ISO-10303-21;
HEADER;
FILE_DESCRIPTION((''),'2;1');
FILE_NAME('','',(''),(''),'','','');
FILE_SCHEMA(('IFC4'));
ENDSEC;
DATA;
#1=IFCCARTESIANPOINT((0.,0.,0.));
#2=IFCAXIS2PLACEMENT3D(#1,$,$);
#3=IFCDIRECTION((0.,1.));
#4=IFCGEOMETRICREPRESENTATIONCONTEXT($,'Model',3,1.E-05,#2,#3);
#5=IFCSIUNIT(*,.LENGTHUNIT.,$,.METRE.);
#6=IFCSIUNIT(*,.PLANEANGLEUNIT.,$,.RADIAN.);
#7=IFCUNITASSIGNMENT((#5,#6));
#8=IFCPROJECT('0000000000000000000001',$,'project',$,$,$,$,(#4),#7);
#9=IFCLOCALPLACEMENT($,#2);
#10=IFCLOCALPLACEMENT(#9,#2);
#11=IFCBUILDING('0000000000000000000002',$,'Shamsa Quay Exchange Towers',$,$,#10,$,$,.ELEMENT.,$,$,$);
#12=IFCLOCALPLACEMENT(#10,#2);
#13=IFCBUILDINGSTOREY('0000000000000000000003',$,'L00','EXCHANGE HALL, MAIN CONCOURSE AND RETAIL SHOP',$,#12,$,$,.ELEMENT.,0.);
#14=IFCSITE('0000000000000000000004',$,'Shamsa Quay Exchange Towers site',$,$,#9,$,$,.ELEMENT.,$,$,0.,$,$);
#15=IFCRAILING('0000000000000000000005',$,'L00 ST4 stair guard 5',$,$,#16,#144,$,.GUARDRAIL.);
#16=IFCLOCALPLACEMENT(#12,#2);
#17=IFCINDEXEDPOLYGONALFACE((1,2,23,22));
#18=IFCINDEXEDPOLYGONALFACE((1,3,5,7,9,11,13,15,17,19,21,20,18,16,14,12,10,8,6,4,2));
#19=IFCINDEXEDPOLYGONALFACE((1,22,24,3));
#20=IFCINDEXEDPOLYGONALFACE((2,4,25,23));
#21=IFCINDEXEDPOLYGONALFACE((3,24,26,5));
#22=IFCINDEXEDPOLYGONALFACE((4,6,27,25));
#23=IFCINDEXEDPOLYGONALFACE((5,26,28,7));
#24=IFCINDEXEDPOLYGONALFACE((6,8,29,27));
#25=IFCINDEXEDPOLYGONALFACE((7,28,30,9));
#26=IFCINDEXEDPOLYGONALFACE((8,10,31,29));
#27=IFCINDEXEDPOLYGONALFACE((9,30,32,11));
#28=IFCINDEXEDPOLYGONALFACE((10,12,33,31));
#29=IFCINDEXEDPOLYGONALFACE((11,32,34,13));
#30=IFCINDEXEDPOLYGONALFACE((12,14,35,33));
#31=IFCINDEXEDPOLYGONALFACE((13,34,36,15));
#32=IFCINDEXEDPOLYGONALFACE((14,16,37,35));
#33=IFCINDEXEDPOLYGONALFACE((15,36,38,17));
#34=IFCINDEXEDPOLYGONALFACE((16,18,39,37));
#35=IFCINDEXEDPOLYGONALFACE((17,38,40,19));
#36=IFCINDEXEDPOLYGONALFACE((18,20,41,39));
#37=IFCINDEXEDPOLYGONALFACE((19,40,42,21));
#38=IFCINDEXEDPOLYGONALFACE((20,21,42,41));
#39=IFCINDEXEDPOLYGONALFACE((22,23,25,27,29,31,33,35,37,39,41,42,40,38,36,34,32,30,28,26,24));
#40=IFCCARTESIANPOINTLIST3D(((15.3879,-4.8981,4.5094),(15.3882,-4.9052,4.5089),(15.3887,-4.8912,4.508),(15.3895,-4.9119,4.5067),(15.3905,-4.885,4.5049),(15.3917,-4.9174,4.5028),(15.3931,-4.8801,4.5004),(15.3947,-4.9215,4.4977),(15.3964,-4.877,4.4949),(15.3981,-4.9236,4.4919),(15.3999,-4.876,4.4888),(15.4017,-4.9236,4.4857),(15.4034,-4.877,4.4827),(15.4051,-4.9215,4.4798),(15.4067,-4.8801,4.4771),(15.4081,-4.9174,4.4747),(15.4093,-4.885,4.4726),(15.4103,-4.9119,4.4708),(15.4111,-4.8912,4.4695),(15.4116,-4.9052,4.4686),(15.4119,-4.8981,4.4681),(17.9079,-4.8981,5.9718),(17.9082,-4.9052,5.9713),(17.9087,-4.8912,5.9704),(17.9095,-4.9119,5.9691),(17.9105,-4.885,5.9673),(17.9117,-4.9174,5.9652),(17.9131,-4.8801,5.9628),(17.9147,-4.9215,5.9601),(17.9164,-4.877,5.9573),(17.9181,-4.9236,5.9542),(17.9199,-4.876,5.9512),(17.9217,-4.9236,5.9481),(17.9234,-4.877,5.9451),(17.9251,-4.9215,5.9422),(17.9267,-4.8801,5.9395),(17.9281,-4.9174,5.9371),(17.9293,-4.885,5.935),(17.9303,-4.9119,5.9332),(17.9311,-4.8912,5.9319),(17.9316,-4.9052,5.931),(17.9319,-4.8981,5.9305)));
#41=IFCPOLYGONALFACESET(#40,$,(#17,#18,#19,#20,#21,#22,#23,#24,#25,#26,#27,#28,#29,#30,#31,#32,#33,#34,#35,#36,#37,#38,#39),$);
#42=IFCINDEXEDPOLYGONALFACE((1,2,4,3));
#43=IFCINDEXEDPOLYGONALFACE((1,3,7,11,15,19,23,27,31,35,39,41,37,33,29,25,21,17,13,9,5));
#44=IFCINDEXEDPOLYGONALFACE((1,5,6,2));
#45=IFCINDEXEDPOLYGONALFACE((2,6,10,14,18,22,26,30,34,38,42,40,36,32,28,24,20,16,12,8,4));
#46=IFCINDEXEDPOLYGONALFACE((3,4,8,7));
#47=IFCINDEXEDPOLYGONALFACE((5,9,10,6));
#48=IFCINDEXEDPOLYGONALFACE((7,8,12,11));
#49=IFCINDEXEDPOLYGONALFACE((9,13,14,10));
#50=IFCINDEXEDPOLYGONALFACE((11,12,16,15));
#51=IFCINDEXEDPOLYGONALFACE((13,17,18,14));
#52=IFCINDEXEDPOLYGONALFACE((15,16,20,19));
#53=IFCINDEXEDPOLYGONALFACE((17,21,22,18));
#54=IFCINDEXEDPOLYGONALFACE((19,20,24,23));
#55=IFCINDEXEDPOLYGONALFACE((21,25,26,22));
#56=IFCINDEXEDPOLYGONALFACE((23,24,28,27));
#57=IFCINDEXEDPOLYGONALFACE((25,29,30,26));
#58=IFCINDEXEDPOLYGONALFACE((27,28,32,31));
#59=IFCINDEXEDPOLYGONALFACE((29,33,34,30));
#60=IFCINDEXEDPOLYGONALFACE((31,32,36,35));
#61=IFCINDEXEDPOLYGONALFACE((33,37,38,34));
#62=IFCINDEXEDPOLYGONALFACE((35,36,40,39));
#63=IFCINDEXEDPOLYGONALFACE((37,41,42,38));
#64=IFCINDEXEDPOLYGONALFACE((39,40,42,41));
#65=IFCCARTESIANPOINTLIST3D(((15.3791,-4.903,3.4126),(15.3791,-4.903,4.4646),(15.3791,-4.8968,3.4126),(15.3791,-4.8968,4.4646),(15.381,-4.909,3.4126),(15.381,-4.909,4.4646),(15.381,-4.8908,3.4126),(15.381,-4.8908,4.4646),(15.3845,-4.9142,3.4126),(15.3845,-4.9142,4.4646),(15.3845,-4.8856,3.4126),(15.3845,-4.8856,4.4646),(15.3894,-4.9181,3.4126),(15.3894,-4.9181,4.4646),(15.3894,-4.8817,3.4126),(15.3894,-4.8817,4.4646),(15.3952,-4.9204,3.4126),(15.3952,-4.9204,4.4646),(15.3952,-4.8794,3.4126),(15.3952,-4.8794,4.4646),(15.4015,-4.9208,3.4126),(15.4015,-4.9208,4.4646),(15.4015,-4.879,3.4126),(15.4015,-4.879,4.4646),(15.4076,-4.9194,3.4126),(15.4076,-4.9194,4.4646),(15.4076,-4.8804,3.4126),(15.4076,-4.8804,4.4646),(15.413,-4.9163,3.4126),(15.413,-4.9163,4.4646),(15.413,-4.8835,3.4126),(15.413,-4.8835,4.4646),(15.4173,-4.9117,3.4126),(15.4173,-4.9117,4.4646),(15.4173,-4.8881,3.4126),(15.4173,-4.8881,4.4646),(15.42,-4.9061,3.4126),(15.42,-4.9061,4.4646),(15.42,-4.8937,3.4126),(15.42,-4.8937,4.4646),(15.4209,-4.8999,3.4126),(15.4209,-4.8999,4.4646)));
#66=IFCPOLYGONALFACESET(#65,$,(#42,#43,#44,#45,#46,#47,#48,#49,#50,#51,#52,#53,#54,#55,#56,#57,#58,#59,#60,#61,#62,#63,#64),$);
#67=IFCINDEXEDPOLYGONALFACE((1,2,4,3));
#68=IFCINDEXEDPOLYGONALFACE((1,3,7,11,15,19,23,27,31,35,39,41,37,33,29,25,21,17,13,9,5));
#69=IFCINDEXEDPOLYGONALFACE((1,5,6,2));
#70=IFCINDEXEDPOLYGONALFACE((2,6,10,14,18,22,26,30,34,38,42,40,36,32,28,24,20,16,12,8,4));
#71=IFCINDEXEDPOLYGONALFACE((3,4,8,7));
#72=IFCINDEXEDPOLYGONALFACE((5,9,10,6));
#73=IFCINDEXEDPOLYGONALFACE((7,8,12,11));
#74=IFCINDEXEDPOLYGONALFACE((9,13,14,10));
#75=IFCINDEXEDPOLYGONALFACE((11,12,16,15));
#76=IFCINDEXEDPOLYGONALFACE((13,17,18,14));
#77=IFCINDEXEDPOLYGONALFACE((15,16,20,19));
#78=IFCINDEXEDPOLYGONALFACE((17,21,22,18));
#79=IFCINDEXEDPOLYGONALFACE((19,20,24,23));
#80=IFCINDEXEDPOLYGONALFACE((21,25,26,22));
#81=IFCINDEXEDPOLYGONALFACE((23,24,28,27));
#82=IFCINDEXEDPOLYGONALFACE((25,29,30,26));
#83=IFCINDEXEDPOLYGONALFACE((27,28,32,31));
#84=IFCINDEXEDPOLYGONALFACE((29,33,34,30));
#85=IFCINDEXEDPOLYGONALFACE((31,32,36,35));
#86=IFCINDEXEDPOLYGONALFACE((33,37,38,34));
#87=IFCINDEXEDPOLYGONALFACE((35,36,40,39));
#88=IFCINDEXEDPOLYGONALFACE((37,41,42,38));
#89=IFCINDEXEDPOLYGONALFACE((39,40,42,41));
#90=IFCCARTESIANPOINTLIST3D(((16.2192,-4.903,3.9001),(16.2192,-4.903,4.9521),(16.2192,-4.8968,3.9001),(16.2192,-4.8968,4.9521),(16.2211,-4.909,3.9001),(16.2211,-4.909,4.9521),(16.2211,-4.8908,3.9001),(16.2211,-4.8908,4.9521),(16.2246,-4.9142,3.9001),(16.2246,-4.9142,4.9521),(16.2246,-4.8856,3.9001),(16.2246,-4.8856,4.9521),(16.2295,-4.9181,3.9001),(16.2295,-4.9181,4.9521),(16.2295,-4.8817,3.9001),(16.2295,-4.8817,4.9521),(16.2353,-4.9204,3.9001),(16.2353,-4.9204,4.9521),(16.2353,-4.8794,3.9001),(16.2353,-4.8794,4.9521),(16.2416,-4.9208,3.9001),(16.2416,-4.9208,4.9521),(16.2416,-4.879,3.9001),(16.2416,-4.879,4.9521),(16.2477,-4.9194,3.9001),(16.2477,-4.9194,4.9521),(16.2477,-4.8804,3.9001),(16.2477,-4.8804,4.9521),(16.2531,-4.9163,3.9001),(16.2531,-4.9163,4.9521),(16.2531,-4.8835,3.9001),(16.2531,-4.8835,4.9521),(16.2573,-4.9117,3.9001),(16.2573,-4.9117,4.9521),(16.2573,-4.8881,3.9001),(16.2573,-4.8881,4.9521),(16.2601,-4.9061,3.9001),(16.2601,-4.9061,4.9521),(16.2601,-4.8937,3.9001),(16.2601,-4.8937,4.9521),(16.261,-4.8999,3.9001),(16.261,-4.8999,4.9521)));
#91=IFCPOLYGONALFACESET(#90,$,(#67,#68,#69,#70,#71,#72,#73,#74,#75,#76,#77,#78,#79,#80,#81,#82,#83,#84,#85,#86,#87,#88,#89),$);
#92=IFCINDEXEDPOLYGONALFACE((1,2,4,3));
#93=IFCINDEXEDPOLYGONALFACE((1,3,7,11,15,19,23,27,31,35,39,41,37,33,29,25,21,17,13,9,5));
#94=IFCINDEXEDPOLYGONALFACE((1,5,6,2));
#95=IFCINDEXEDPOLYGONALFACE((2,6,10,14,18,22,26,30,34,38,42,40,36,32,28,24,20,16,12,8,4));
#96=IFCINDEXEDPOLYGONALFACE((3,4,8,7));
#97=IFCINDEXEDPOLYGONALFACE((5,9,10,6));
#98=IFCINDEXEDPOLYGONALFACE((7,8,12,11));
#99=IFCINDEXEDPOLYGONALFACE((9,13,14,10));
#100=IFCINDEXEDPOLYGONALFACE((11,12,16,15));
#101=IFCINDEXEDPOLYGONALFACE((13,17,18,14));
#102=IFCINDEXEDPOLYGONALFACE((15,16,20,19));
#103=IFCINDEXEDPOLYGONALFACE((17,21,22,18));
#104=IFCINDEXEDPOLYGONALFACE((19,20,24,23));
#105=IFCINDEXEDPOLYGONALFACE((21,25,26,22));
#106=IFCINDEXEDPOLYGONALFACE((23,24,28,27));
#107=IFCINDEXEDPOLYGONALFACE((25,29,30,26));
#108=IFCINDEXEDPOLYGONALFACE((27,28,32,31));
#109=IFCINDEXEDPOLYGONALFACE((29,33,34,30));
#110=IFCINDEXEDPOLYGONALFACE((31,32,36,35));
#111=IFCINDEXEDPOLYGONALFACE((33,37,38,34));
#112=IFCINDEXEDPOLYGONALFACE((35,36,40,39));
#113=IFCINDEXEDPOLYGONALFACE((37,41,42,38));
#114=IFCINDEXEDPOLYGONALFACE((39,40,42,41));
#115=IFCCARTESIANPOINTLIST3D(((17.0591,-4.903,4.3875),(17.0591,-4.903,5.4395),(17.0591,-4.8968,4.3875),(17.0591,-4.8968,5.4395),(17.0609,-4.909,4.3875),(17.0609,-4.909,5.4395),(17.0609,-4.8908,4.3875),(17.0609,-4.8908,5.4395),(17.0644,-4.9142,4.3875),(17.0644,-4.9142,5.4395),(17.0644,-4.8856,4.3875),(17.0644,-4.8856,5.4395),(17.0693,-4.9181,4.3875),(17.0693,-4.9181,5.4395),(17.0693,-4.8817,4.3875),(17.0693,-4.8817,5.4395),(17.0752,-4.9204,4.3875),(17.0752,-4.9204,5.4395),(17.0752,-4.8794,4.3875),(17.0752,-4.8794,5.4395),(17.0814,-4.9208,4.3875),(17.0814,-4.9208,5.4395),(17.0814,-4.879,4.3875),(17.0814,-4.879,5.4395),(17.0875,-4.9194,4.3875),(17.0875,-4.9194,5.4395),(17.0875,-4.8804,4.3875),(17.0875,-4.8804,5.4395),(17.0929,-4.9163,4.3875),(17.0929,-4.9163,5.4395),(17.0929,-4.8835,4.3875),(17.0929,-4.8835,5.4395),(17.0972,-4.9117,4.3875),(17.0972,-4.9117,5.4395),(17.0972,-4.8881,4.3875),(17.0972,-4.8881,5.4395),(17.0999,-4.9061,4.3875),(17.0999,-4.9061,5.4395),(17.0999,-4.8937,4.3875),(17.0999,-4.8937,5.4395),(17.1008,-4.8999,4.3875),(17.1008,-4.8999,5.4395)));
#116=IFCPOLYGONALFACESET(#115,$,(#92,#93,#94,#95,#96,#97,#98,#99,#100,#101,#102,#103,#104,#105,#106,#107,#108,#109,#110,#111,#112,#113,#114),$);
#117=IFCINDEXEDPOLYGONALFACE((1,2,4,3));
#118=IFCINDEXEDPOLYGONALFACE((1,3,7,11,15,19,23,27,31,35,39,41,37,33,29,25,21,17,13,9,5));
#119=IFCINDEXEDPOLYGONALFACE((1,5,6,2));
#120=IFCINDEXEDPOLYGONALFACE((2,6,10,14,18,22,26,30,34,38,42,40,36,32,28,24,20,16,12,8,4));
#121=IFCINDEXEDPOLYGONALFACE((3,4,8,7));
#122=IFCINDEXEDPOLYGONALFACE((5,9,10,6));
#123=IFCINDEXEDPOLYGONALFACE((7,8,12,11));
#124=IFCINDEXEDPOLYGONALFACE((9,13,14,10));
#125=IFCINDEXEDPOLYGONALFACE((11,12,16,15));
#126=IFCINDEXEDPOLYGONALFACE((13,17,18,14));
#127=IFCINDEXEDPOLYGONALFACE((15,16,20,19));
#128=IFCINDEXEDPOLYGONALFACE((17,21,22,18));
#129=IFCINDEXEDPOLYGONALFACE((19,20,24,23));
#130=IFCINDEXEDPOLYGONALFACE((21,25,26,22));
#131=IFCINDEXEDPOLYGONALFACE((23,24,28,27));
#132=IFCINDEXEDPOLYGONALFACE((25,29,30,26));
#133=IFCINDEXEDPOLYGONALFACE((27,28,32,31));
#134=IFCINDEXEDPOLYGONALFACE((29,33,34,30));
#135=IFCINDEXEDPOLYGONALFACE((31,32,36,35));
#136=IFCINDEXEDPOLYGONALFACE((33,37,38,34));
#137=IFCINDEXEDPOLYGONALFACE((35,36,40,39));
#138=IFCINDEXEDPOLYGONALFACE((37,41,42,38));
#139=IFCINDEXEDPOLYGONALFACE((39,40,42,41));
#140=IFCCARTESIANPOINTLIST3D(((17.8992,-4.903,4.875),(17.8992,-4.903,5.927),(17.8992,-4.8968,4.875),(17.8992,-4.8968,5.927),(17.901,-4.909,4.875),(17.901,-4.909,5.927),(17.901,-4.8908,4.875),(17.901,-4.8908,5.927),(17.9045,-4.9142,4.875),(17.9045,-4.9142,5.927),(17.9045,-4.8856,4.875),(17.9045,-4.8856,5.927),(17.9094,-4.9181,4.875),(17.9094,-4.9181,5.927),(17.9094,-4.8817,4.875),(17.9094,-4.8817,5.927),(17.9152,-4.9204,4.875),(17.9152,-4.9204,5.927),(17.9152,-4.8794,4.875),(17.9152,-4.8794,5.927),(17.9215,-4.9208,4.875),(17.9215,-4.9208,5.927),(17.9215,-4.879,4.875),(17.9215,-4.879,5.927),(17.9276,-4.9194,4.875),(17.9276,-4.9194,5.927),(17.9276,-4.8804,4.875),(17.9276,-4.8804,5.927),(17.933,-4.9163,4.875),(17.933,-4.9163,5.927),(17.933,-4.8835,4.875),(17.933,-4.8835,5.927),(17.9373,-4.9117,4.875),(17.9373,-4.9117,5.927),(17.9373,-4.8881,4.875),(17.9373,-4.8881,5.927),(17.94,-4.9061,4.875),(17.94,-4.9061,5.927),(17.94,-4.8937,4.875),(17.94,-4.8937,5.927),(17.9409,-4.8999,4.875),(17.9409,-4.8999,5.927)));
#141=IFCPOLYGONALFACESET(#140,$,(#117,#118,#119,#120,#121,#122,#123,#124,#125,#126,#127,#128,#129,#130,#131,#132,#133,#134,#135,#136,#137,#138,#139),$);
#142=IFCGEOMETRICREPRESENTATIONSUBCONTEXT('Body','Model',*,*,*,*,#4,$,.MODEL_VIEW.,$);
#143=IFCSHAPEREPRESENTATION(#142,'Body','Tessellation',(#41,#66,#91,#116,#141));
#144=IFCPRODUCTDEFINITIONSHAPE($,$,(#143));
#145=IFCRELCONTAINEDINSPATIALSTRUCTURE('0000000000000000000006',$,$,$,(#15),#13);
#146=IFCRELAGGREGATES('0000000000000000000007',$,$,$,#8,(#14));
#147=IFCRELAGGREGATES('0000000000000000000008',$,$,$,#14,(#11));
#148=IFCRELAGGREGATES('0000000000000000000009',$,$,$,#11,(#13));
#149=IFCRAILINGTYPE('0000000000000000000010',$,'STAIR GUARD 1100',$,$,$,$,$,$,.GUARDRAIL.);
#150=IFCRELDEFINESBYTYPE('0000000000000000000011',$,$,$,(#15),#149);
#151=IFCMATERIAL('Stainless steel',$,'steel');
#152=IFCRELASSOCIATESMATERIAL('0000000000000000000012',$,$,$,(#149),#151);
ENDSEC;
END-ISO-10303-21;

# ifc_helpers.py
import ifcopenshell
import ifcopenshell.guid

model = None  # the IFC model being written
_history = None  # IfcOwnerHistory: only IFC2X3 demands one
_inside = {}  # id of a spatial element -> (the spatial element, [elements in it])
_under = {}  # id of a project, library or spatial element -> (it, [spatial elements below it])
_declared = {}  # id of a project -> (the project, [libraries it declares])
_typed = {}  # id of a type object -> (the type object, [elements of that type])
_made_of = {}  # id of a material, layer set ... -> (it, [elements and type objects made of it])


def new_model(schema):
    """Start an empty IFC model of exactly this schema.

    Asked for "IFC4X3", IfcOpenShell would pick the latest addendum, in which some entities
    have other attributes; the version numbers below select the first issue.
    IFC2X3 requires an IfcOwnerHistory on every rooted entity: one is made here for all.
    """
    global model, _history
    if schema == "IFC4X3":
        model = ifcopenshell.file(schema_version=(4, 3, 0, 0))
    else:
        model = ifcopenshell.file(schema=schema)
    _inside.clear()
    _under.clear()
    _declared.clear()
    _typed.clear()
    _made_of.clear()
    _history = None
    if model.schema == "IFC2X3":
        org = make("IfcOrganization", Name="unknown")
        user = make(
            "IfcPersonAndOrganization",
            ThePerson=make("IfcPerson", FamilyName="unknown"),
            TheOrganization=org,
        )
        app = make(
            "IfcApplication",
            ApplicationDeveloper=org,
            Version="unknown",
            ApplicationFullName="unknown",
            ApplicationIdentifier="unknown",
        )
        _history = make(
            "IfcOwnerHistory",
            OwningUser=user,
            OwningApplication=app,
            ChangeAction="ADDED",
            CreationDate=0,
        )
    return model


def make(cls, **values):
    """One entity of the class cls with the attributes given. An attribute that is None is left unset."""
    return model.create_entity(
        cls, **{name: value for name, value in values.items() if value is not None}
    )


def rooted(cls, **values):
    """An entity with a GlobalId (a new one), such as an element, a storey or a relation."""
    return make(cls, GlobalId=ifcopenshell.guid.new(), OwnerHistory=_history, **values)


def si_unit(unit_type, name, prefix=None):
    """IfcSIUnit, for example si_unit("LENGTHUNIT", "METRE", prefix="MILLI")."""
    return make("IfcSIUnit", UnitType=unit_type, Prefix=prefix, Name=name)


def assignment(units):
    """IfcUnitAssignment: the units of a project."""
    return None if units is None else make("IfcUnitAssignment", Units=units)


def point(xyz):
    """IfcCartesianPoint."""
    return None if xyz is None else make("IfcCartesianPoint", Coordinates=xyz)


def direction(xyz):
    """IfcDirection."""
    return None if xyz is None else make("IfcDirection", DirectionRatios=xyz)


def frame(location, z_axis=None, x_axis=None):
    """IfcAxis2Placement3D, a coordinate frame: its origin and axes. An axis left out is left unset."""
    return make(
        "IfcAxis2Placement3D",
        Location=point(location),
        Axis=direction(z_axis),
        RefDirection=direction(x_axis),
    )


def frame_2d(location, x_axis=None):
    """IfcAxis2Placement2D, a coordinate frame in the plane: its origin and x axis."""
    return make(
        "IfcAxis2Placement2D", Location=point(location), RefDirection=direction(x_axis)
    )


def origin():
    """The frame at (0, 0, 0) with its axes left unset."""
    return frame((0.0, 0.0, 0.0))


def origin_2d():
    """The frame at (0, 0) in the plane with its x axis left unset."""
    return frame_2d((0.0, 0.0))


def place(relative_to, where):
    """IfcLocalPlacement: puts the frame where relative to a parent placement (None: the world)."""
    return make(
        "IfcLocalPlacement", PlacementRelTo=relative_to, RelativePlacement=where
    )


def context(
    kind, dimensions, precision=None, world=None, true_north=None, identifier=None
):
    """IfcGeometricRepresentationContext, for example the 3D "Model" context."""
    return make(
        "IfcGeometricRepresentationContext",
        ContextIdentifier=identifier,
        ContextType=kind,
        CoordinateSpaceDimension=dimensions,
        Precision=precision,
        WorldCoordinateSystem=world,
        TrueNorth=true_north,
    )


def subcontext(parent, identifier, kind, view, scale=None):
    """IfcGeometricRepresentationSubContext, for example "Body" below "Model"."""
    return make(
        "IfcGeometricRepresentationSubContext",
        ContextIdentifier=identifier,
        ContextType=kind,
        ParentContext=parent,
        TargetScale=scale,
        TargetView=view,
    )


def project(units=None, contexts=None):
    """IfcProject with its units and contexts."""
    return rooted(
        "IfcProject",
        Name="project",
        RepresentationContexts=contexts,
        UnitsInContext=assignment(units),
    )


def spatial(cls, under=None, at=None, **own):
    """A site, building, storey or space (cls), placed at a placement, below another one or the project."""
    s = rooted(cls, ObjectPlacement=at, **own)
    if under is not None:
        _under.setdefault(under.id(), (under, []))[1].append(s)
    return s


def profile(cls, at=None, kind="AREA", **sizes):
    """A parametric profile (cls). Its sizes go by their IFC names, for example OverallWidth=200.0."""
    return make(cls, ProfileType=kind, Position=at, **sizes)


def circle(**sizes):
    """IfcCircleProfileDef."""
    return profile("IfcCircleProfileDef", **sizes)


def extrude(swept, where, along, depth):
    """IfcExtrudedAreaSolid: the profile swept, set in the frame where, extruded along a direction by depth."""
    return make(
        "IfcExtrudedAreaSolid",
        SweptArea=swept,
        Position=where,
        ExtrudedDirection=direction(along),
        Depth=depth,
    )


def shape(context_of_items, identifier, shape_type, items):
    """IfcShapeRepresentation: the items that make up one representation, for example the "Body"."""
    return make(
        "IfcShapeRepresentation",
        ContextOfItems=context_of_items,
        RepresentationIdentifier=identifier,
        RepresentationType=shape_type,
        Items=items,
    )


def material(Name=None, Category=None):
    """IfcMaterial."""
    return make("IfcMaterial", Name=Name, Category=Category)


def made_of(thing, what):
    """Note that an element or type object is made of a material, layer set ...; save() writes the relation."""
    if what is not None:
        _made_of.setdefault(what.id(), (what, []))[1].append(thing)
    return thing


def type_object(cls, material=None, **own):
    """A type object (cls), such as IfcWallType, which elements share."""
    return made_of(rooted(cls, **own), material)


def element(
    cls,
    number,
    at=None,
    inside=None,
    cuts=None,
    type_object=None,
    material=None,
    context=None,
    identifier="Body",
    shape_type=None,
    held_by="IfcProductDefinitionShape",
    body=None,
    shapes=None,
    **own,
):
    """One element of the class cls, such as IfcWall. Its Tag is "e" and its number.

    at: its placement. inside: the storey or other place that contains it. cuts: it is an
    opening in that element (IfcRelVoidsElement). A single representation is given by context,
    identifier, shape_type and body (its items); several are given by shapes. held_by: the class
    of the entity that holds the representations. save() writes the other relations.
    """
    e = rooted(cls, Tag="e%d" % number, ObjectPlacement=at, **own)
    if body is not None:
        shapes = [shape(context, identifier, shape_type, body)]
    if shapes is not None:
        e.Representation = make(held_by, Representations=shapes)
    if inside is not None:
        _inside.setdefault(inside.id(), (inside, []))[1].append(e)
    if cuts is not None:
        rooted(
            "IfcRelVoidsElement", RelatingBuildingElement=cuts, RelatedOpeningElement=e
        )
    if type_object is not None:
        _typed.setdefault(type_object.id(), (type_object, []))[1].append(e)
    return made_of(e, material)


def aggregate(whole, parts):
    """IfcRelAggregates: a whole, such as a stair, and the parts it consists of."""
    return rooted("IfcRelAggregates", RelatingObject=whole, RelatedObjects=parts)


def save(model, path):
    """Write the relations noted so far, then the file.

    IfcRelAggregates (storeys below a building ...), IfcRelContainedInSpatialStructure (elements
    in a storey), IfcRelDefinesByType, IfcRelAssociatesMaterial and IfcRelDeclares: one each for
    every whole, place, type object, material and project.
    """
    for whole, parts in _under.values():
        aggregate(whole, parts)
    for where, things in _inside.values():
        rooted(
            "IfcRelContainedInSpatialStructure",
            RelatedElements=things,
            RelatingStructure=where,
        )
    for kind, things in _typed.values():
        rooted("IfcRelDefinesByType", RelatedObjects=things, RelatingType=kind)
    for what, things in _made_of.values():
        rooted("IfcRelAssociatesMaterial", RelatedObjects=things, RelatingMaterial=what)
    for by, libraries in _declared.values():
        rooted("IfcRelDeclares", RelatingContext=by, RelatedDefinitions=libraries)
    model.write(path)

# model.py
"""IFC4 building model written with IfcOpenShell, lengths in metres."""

from ifc_helpers import new_model, si_unit, direction, frame, origin, origin_2d, place, context, subcontext, project, spatial, circle, extrude, material, type_object, element, save


model = new_model("IFC4")

# Units and contexts
model_context = context("Model", 3, precision=1e-05, world=origin(), true_north=direction((0.0, 1.0)))
body_context = subcontext(model_context, "Body", "Model", "MODEL_VIEW")
ifc_project = project(units=[si_unit("LENGTHUNIT", "METRE"), si_unit("PLANEANGLEUNIT", "RADIAN")], contexts=[model_context])

# Site, building, storey
site_placement = place(None, origin())
site = spatial("IfcSite", under=ifc_project, at=site_placement, Name="Shamsa Quay Exchange Towers site", CompositionType="ELEMENT", RefElevation=0.0)
building_placement = place(site_placement, origin())
building = spatial("IfcBuilding", under=site, at=building_placement, Name="Shamsa Quay Exchange Towers", CompositionType="ELEMENT")
storey_placement = place(building_placement, origin())
storey = spatial("IfcBuildingStorey", under=building, at=storey_placement, Name="L00", Description="EXCHANGE HALL, MAIN CONCOURSE AND RETAIL SHOP", CompositionType="ELEMENT", Elevation=0.0)

# Railing
ifc_material_1 = material(Name="Stainless steel", Category="steel")
railing_type_1 = type_object("IfcRailingType", Name="STAIR GUARD 1100", PredefinedType="GUARDRAIL", material=ifc_material_1)
railing_1_placement = place(storey_placement, frame((15.3999, -4.8999, 3.4126)))
element("IfcRailing", 1, at=railing_1_placement, inside=storey, type_object=railing_type_1, Name="L00 ST4 stair guard 5", PredefinedType="GUARDRAIL", context=body_context, shape_type="SweptSolid", body=[
    extrude(circle(Radius=0.0239, at=origin_2d()), frame((0.0, 0.0, 1.0762), z_axis=(0.864913, 0.0, 0.501921), x_axis=(0.0, 1.0, 0.0)), (0.0, 0.0, 1.0), 2.9136),
    extrude(circle(Radius=0.021, at=origin_2d()), origin(), (0.0, 0.0, 1.0), 1.052),
    extrude(circle(Radius=0.021, at=origin_2d()), frame((0.8401, 0.0, 0.4875)), (0.0, 0.0, 1.0), 1.052),
    extrude(circle(Radius=0.021, at=origin_2d()), frame((1.6799, 0.0, 0.9749)), (0.0, 0.0, 1.0), 1.052),
    extrude(circle(Radius=0.021, at=origin_2d()), frame((2.52, 0.0, 1.4624)), (0.0, 0.0, 1.0), 1.052),
])

save(model, "model.ifc")
